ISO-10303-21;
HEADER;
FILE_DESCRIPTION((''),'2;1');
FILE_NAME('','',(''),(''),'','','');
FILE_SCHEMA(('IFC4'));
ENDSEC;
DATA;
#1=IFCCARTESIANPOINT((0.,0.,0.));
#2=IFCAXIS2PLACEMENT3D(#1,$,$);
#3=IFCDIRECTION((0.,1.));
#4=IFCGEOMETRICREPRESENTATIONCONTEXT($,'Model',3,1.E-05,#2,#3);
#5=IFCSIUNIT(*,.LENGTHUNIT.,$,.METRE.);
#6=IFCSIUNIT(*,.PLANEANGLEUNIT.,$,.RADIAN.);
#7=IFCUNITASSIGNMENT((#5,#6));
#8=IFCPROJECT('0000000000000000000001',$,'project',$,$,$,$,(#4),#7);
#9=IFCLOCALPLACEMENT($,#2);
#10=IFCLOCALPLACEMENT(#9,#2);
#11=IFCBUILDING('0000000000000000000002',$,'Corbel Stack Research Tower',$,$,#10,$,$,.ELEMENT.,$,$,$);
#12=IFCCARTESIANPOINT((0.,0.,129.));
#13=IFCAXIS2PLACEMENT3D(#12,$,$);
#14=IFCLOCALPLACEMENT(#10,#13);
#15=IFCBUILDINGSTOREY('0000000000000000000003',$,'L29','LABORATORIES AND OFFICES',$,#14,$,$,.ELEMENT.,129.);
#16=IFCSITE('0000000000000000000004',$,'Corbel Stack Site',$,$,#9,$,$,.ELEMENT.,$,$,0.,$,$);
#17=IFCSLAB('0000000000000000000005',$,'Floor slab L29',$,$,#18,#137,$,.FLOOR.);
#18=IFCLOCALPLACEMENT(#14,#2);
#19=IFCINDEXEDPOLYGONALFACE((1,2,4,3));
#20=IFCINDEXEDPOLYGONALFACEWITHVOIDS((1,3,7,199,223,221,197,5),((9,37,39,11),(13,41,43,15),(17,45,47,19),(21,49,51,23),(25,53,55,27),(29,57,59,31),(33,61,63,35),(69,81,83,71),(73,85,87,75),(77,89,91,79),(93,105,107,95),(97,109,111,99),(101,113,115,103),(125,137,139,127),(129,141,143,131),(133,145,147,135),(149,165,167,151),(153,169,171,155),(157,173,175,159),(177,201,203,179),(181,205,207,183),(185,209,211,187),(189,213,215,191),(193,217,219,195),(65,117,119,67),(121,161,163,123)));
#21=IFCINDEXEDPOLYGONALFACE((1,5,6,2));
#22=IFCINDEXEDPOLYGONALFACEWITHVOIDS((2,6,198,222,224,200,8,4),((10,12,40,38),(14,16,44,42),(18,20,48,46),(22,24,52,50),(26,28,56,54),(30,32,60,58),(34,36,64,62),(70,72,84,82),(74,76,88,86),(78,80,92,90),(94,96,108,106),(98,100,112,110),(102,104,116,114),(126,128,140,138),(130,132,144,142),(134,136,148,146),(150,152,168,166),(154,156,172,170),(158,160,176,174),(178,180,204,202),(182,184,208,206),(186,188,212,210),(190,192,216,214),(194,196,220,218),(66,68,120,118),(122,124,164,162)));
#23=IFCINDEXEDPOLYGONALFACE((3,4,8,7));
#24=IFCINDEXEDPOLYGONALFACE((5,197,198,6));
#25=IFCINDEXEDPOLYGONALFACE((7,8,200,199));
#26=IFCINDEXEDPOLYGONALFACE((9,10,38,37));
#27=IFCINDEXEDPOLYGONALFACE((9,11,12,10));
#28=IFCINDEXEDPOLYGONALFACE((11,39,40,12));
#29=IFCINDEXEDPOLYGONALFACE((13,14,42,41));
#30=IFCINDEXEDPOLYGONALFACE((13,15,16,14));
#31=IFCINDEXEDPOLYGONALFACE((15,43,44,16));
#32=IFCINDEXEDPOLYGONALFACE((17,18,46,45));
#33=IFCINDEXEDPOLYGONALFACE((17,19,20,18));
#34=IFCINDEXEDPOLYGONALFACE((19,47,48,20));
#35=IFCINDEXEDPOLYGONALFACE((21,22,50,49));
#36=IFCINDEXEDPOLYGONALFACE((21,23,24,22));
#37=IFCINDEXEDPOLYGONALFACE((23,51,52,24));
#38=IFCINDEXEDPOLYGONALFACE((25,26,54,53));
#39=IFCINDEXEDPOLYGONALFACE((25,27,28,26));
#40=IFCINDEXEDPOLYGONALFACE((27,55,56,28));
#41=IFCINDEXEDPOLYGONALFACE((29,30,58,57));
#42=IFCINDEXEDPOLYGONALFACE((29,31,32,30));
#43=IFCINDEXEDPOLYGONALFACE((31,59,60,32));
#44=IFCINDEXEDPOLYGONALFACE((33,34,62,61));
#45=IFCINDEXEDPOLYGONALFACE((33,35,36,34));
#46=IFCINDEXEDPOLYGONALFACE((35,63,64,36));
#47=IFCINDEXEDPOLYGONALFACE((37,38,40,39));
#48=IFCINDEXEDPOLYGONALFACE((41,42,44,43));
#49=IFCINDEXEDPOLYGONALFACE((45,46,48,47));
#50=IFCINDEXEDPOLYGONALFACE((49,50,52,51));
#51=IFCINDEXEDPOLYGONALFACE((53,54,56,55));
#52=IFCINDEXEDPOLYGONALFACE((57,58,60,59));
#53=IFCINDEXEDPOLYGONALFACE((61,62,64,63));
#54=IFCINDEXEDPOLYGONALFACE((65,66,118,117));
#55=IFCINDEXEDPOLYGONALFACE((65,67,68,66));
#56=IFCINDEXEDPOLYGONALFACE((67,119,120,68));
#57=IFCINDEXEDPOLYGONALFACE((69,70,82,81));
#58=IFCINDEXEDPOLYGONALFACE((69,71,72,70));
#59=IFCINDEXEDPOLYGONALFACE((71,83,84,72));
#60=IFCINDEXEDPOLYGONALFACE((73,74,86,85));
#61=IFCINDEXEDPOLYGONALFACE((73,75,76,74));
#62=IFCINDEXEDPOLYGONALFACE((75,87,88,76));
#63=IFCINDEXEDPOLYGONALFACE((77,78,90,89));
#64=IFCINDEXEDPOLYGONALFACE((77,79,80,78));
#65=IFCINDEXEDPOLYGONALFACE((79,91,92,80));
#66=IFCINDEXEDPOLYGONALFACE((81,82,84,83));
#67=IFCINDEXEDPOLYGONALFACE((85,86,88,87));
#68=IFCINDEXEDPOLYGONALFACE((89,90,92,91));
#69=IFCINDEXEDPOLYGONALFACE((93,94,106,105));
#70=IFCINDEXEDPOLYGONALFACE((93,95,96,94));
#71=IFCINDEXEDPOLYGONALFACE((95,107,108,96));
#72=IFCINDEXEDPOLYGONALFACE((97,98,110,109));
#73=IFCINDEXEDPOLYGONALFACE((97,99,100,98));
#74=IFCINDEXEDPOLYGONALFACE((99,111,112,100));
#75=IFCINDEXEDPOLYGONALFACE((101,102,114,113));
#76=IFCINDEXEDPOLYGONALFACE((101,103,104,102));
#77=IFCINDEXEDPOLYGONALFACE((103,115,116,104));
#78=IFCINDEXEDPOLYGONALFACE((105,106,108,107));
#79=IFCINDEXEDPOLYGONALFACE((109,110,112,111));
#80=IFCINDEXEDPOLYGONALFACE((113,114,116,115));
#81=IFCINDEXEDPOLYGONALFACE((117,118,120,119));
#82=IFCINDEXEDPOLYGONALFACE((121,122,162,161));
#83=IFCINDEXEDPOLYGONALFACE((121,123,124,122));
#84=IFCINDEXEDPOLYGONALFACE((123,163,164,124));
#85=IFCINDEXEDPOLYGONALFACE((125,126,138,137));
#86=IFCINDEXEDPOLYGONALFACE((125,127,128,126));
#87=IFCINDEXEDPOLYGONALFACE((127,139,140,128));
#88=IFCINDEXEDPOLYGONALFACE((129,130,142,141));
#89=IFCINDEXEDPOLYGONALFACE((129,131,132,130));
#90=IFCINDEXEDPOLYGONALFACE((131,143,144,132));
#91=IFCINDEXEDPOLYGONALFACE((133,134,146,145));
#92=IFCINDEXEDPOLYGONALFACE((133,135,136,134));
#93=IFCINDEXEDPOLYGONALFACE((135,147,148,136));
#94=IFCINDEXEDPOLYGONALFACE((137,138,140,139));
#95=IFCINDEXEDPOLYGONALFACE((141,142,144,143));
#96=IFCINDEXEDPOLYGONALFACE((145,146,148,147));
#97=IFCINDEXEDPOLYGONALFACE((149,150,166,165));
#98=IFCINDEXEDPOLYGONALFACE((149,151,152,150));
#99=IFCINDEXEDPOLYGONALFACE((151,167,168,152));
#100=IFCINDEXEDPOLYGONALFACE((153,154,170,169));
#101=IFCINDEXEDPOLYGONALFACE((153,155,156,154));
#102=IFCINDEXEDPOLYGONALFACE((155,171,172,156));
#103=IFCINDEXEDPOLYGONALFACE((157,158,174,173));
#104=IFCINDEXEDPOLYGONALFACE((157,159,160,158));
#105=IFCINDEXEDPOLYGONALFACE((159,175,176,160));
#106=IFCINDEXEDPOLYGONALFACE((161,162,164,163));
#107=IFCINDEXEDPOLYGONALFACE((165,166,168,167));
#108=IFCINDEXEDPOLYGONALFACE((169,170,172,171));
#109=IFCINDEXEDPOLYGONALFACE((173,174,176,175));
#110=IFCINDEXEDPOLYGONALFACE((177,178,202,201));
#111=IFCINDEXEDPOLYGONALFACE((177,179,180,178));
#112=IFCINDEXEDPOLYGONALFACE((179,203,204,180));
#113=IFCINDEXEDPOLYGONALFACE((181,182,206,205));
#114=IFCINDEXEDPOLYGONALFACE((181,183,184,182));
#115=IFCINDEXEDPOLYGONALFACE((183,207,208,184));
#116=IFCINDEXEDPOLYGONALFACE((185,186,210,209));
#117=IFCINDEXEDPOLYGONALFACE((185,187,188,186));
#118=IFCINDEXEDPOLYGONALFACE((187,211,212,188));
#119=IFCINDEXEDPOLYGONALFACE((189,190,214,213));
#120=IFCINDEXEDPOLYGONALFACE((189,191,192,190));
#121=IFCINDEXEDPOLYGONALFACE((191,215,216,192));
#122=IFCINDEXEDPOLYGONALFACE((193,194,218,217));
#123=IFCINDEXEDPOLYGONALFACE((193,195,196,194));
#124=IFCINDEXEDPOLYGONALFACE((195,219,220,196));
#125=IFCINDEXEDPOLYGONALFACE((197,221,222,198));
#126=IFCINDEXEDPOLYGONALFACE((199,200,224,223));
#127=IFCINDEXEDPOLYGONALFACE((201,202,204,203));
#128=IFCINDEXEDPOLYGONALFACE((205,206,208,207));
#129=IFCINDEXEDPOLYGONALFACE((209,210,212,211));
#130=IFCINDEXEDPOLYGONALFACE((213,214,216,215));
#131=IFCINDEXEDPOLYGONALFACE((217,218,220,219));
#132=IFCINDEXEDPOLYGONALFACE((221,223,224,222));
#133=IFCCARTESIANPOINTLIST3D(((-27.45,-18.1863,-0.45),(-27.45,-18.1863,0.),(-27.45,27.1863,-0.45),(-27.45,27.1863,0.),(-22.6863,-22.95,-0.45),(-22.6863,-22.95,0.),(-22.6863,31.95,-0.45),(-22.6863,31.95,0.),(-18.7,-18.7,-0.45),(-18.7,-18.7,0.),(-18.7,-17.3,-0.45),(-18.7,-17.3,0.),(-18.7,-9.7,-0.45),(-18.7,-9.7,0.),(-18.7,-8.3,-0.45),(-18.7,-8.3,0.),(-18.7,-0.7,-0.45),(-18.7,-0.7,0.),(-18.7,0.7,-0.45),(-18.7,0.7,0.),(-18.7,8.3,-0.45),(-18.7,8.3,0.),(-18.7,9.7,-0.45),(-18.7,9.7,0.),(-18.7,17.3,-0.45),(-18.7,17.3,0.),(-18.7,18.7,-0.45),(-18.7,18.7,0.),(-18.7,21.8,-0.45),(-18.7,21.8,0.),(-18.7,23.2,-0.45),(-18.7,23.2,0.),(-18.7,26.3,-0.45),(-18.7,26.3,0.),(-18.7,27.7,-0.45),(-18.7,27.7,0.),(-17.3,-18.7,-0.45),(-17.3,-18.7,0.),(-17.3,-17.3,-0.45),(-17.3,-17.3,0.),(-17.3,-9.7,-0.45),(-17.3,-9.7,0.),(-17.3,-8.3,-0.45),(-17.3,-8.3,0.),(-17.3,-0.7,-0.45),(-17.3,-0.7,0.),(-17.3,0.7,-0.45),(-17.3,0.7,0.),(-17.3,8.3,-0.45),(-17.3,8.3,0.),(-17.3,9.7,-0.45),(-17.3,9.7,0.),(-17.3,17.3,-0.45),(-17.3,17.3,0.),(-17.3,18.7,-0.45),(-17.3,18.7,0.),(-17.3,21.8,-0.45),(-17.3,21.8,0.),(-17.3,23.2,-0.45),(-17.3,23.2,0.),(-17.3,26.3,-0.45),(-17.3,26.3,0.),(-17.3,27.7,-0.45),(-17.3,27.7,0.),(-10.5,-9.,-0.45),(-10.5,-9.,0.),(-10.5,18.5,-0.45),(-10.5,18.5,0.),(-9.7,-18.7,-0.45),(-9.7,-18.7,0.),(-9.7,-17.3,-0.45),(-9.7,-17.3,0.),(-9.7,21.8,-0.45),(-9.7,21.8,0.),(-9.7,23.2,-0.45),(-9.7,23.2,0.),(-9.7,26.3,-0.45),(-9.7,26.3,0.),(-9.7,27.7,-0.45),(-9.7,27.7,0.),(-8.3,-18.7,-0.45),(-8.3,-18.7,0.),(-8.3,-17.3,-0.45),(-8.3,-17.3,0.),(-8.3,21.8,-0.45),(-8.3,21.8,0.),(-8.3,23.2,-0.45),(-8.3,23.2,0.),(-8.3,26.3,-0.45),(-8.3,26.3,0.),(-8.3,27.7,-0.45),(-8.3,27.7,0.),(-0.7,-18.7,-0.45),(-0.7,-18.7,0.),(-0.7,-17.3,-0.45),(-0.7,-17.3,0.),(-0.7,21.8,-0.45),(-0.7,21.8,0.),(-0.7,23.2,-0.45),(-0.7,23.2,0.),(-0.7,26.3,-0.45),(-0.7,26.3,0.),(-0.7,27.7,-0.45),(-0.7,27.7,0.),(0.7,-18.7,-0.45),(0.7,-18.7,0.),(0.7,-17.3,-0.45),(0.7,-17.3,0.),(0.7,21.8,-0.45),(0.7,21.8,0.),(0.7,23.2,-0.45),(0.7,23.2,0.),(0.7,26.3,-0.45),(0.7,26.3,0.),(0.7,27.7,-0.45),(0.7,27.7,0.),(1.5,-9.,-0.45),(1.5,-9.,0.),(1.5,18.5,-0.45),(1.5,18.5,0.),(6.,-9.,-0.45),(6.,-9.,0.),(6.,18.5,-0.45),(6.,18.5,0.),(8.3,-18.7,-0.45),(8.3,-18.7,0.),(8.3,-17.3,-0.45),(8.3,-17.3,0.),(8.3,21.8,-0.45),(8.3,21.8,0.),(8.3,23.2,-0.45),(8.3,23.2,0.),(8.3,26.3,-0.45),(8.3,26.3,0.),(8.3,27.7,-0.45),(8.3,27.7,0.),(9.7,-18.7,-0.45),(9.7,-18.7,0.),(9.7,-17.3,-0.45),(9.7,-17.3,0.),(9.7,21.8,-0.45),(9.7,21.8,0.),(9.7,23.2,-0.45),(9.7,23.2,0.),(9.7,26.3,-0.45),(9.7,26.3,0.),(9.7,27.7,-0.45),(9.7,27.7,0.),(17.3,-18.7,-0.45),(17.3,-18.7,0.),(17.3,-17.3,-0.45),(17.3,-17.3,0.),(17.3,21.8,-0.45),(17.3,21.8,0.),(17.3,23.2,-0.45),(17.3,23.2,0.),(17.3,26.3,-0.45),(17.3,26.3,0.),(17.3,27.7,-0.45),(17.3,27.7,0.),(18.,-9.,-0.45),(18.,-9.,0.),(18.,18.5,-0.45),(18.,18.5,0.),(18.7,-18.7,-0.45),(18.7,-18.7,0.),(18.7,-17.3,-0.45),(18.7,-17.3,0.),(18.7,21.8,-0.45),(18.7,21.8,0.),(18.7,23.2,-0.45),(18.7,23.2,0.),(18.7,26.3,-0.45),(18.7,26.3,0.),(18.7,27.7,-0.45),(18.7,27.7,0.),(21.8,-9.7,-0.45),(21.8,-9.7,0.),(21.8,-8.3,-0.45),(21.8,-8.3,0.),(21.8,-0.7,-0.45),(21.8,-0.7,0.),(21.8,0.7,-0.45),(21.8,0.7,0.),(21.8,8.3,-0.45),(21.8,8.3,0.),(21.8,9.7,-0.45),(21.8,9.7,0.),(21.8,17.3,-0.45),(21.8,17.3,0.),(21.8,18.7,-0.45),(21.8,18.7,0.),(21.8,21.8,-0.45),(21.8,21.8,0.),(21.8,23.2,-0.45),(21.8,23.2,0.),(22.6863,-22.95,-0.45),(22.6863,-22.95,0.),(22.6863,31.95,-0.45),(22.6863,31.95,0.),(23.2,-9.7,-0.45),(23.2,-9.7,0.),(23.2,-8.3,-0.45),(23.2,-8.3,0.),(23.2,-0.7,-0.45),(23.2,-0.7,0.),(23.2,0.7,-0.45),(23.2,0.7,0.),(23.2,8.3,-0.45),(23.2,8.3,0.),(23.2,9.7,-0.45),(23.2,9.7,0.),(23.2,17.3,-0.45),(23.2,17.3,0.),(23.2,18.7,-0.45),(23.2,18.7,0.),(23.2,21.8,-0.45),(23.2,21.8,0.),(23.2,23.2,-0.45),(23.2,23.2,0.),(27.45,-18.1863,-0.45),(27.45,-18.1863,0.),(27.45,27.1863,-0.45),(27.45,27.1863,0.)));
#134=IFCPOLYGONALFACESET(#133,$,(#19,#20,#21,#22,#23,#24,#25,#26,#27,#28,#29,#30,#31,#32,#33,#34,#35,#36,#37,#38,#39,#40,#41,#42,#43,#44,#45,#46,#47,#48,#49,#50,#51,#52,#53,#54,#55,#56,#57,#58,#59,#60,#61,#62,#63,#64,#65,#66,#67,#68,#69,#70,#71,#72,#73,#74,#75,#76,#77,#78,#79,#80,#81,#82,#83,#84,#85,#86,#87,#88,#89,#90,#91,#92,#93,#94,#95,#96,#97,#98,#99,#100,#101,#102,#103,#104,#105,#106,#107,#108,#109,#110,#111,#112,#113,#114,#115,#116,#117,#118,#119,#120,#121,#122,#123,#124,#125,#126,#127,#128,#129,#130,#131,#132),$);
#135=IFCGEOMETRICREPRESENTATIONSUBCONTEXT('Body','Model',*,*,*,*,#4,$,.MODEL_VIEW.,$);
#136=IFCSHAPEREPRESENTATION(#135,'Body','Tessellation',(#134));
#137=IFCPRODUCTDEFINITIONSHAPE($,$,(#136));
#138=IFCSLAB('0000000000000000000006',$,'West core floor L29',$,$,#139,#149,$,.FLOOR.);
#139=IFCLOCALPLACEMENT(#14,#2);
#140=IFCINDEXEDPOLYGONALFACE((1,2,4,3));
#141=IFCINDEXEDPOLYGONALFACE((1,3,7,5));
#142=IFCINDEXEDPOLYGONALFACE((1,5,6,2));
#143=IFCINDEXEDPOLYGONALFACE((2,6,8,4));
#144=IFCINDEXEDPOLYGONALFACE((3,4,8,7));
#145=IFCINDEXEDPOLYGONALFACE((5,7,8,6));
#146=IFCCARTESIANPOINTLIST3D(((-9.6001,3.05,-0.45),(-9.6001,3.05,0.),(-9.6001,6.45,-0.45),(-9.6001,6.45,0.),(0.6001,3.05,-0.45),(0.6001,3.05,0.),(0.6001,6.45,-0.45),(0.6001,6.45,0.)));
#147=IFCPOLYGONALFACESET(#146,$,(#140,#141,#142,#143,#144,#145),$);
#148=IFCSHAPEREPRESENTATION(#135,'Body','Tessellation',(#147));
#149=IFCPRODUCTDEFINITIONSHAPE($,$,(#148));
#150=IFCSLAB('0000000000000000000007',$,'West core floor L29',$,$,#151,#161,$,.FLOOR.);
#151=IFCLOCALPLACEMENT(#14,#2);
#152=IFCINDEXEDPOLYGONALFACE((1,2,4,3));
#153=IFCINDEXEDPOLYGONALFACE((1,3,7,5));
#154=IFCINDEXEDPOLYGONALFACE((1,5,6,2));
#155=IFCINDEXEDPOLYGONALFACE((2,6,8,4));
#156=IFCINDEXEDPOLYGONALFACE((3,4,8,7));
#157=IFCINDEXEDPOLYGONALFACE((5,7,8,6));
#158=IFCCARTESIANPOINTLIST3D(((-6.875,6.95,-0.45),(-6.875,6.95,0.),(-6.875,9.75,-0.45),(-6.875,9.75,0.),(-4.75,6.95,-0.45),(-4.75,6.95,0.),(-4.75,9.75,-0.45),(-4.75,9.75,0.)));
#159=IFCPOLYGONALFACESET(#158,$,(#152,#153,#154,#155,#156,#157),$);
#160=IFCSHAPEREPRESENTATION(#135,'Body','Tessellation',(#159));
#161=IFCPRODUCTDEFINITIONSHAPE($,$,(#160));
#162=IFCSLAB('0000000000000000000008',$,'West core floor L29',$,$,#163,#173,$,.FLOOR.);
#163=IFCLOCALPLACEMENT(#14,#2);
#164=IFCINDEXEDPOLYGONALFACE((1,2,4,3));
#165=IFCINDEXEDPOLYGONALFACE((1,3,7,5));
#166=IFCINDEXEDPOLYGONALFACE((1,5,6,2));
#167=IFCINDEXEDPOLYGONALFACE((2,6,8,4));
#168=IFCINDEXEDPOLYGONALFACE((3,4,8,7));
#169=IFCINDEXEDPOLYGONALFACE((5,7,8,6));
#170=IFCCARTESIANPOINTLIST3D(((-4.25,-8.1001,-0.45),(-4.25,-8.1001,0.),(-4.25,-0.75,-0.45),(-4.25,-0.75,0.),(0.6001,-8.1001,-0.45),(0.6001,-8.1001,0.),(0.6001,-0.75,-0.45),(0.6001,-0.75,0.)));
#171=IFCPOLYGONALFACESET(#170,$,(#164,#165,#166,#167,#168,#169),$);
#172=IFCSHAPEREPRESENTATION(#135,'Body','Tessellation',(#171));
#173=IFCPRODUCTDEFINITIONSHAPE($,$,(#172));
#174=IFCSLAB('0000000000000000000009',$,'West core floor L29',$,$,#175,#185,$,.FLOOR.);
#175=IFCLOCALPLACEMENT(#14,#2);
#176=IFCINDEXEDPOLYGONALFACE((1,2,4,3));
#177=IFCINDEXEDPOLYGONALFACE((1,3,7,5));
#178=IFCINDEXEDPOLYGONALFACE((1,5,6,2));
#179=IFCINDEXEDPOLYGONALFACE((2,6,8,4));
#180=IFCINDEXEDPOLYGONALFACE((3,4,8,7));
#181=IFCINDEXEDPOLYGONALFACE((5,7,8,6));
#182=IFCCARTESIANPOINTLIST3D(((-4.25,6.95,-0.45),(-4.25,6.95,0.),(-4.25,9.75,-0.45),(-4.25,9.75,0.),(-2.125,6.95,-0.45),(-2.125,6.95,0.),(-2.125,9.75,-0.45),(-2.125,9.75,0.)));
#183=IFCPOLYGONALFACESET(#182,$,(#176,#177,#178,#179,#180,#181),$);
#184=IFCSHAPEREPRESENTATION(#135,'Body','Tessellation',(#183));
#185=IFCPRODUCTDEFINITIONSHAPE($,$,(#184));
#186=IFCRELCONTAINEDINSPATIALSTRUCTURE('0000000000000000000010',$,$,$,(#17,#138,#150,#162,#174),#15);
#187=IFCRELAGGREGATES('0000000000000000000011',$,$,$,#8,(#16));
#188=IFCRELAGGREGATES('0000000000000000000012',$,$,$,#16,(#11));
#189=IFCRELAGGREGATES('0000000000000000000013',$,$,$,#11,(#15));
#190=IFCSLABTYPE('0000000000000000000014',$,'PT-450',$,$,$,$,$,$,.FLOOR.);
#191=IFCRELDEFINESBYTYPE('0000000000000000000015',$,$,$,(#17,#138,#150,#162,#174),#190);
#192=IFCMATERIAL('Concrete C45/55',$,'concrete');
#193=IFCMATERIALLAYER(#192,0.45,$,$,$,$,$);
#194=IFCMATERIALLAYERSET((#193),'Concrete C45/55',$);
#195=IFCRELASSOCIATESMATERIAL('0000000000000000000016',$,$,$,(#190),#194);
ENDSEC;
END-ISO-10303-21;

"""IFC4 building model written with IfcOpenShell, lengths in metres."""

from ifc_helpers import new_model, si_unit, direction, frame, origin, place, context, subcontext, project, spatial, polyline, outline, extrude, material, layer, layer_set, type_object, element, save


model = new_model("IFC4")

# Units and contexts
model_context = context("Model", 3, precision=1e-05, world=origin(), true_north=direction((0.0, 1.0)))
body_context = subcontext(model_context, "Body", "Model", "MODEL_VIEW")
ifc_project = project(units=[si_unit("LENGTHUNIT", "METRE"), si_unit("PLANEANGLEUNIT", "RADIAN")], contexts=[model_context])

# Site, building, storey
site_placement = place(None, origin())
site = spatial("IfcSite", under=ifc_project, at=site_placement, Name="Corbel Stack Site", CompositionType="ELEMENT", RefElevation=0.0)
building_placement = place(site_placement, origin())
building = spatial("IfcBuilding", under=site, at=building_placement, Name="Corbel Stack Research Tower", CompositionType="ELEMENT")
storey_placement = place(building_placement, frame((0.0, 0.0, 129.0)))
storey = spatial("IfcBuildingStorey", under=building, at=storey_placement, Name="L29", Description="LABORATORIES AND OFFICES", CompositionType="ELEMENT", Elevation=129.0)

# Slabs
ifc_material_1 = material(Name="Concrete C45/55", Category="concrete")
ifc_layer_1 = layer(ifc_material_1, 0.45)
ifc_layer_set_1 = layer_set([ifc_layer_1], Name="Concrete C45/55")
slab_type_1 = type_object("IfcSlabType", Name="PT-450", PredefinedType="FLOOR", material=ifc_layer_set_1)
slab_1_placement = place(storey_placement, frame((0.0, 0.0, -0.45)))
element("IfcSlab", 1, at=slab_1_placement, inside=storey, type_object=slab_type_1, Name="Floor slab L29", PredefinedType="FLOOR", context=body_context, shape_type="SweptSolid", body=[
    extrude(outline(polyline([(-22.6863, -22.95), (22.6863, -22.95), (27.45, -18.1863), (27.45, 27.1863), (22.6863, 31.95), (-22.6863, 31.95), (-27.45, 27.1863), (-27.45, -18.1863), (-22.6863, -22.95)]), holes=[polyline([(21.8, 21.8), (21.8, 23.2), (23.2, 23.2), (23.2, 21.8), (21.8, 21.8)]), polyline([(23.2, 17.3), (21.8, 17.3), (21.8, 18.7), (23.2, 18.7), (23.2, 17.3)]), polyline([(21.8, 8.3), (21.8, 9.7), (23.2, 9.7), (23.2, 8.3), (21.8, 8.3)]), polyline([(23.2, -0.7), (21.8, -0.7), (21.8, 0.7), (23.2, 0.7), (23.2, -0.7)]), polyline([(21.8, -9.7), (21.8, -8.3), (23.2, -8.3), (23.2, -9.7), (21.8, -9.7)]), polyline([(17.3, 26.3), (17.3, 27.7), (18.7, 27.7), (18.7, 26.3), (17.3, 26.3)]), polyline([(17.3, 21.8), (17.3, 23.2), (18.7, 23.2), (18.7, 21.8), (17.3, 21.8)]), polyline([(17.3, -18.7), (17.3, -17.3), (18.7, -17.3), (18.7, -18.7), (17.3, -18.7)]), polyline([(6.0, -9.0), (6.0, 18.5), (18.0, 18.5), (18.0, -9.0), (6.0, -9.0)]), polyline([(8.3, 26.3), (8.3, 27.7), (9.7, 27.7), (9.7, 26.3), (8.3, 26.3)]), polyline([(8.3, 21.8), (8.3, 23.2), (9.7, 23.2), (9.7, 21.8), (8.3, 21.8)]), polyline([(9.7, -18.7), (8.3, -18.7), (8.3, -17.3), (9.7, -17.3), (9.7, -18.7)]), polyline([(-10.5, -9.0), (-10.5, 18.5), (1.5, 18.5), (1.5, -9.0), (-10.5, -9.0)]), polyline([(-0.7, 26.3), (-0.7, 27.7), (0.7, 27.7), (0.7, 26.3), (-0.7, 26.3)]), polyline([(-0.7, 21.8), (-0.7, 23.2), (0.7, 23.2), (0.7, 21.8), (-0.7, 21.8)]), polyline([(-0.7, -18.7), (-0.7, -17.3), (0.7, -17.3), (0.7, -18.7), (-0.7, -18.7)]), polyline([(-9.7, 26.3), (-9.7, 27.7), (-8.3, 27.7), (-8.3, 26.3), (-9.7, 26.3)]), polyline([(-9.7, 21.8), (-9.7, 23.2), (-8.3, 23.2), (-8.3, 21.8), (-9.7, 21.8)]), polyline([(-9.7, -18.7), (-9.7, -17.3), (-8.3, -17.3), (-8.3, -18.7), (-9.7, -18.7)]), polyline([(-18.7, 26.3), (-18.7, 27.7), (-17.3, 27.7), (-17.3, 26.3), (-18.7, 26.3)]), polyline([(-18.7, 21.8), (-18.7, 23.2), (-17.3, 23.2), (-17.3, 21.8), (-18.7, 21.8)]), polyline([(-18.7, 17.3), (-18.7, 18.7), (-17.3, 18.7), (-17.3, 17.3), (-18.7, 17.3)]), polyline([(-17.3, 8.3), (-18.7, 8.3), (-18.7, 9.7), (-17.3, 9.7), (-17.3, 8.3)]), polyline([(-18.7, -0.7), (-18.7, 0.7), (-17.3, 0.7), (-17.3, -0.7), (-18.7, -0.7)]), polyline([(-17.3, -9.7), (-18.7, -9.7), (-18.7, -8.3), (-17.3, -8.3), (-17.3, -9.7)]), polyline([(-17.3, -18.7), (-18.7, -18.7), (-18.7, -17.3), (-17.3, -17.3), (-17.3, -18.7)])]), origin(), (0.0, 0.0, 1.0), 0.45),
])
slab_2_placement = place(storey_placement, frame((0.0, 0.0, -0.45)))
element("IfcSlab", 2, at=slab_2_placement, inside=storey, type_object=slab_type_1, Name="West core floor L29", PredefinedType="FLOOR", context=body_context, shape_type="SweptSolid", body=[
    extrude(outline(polyline([(0.6001, 6.45), (-9.6001, 6.45), (-9.6001, 3.05), (0.6001, 3.05), (0.6001, 6.45)])), origin(), (0.0, 0.0, 1.0), 0.45),
])
slab_3_placement = place(storey_placement, frame((0.0, 0.0, -0.45)))
element("IfcSlab", 3, at=slab_3_placement, inside=storey, type_object=slab_type_1, Name="West core floor L29", PredefinedType="FLOOR", context=body_context, shape_type="SweptSolid", body=[
    extrude(outline(polyline([(-6.875, 6.95), (-4.75, 6.95), (-4.75, 9.75), (-6.875, 9.75), (-6.875, 6.95)])), origin(), (0.0, 0.0, 1.0), 0.45),
])
slab_4_placement = place(storey_placement, frame((0.0, 0.0, -0.45)))
element("IfcSlab", 4, at=slab_4_placement, inside=storey, type_object=slab_type_1, Name="West core floor L29", PredefinedType="FLOOR", context=body_context, shape_type="SweptSolid", body=[
    extrude(outline(polyline([(0.6001, -8.1001), (0.6001, -0.75), (-4.25, -0.75), (-4.25, -8.1001), (0.6001, -8.1001)])), origin(), (0.0, 0.0, 1.0), 0.45),
])
slab_5_placement = place(storey_placement, frame((0.0, 0.0, -0.45)))
element("IfcSlab", 5, at=slab_5_placement, inside=storey, type_object=slab_type_1, Name="West core floor L29", PredefinedType="FLOOR", context=body_context, shape_type="SweptSolid", body=[
    extrude(outline(polyline([(-2.125, 6.95), (-2.125, 9.75), (-4.25, 9.75), (-4.25, 6.95), (-2.125, 6.95)])), origin(), (0.0, 0.0, 1.0), 0.45),
])

save(model, "model.ifc")
